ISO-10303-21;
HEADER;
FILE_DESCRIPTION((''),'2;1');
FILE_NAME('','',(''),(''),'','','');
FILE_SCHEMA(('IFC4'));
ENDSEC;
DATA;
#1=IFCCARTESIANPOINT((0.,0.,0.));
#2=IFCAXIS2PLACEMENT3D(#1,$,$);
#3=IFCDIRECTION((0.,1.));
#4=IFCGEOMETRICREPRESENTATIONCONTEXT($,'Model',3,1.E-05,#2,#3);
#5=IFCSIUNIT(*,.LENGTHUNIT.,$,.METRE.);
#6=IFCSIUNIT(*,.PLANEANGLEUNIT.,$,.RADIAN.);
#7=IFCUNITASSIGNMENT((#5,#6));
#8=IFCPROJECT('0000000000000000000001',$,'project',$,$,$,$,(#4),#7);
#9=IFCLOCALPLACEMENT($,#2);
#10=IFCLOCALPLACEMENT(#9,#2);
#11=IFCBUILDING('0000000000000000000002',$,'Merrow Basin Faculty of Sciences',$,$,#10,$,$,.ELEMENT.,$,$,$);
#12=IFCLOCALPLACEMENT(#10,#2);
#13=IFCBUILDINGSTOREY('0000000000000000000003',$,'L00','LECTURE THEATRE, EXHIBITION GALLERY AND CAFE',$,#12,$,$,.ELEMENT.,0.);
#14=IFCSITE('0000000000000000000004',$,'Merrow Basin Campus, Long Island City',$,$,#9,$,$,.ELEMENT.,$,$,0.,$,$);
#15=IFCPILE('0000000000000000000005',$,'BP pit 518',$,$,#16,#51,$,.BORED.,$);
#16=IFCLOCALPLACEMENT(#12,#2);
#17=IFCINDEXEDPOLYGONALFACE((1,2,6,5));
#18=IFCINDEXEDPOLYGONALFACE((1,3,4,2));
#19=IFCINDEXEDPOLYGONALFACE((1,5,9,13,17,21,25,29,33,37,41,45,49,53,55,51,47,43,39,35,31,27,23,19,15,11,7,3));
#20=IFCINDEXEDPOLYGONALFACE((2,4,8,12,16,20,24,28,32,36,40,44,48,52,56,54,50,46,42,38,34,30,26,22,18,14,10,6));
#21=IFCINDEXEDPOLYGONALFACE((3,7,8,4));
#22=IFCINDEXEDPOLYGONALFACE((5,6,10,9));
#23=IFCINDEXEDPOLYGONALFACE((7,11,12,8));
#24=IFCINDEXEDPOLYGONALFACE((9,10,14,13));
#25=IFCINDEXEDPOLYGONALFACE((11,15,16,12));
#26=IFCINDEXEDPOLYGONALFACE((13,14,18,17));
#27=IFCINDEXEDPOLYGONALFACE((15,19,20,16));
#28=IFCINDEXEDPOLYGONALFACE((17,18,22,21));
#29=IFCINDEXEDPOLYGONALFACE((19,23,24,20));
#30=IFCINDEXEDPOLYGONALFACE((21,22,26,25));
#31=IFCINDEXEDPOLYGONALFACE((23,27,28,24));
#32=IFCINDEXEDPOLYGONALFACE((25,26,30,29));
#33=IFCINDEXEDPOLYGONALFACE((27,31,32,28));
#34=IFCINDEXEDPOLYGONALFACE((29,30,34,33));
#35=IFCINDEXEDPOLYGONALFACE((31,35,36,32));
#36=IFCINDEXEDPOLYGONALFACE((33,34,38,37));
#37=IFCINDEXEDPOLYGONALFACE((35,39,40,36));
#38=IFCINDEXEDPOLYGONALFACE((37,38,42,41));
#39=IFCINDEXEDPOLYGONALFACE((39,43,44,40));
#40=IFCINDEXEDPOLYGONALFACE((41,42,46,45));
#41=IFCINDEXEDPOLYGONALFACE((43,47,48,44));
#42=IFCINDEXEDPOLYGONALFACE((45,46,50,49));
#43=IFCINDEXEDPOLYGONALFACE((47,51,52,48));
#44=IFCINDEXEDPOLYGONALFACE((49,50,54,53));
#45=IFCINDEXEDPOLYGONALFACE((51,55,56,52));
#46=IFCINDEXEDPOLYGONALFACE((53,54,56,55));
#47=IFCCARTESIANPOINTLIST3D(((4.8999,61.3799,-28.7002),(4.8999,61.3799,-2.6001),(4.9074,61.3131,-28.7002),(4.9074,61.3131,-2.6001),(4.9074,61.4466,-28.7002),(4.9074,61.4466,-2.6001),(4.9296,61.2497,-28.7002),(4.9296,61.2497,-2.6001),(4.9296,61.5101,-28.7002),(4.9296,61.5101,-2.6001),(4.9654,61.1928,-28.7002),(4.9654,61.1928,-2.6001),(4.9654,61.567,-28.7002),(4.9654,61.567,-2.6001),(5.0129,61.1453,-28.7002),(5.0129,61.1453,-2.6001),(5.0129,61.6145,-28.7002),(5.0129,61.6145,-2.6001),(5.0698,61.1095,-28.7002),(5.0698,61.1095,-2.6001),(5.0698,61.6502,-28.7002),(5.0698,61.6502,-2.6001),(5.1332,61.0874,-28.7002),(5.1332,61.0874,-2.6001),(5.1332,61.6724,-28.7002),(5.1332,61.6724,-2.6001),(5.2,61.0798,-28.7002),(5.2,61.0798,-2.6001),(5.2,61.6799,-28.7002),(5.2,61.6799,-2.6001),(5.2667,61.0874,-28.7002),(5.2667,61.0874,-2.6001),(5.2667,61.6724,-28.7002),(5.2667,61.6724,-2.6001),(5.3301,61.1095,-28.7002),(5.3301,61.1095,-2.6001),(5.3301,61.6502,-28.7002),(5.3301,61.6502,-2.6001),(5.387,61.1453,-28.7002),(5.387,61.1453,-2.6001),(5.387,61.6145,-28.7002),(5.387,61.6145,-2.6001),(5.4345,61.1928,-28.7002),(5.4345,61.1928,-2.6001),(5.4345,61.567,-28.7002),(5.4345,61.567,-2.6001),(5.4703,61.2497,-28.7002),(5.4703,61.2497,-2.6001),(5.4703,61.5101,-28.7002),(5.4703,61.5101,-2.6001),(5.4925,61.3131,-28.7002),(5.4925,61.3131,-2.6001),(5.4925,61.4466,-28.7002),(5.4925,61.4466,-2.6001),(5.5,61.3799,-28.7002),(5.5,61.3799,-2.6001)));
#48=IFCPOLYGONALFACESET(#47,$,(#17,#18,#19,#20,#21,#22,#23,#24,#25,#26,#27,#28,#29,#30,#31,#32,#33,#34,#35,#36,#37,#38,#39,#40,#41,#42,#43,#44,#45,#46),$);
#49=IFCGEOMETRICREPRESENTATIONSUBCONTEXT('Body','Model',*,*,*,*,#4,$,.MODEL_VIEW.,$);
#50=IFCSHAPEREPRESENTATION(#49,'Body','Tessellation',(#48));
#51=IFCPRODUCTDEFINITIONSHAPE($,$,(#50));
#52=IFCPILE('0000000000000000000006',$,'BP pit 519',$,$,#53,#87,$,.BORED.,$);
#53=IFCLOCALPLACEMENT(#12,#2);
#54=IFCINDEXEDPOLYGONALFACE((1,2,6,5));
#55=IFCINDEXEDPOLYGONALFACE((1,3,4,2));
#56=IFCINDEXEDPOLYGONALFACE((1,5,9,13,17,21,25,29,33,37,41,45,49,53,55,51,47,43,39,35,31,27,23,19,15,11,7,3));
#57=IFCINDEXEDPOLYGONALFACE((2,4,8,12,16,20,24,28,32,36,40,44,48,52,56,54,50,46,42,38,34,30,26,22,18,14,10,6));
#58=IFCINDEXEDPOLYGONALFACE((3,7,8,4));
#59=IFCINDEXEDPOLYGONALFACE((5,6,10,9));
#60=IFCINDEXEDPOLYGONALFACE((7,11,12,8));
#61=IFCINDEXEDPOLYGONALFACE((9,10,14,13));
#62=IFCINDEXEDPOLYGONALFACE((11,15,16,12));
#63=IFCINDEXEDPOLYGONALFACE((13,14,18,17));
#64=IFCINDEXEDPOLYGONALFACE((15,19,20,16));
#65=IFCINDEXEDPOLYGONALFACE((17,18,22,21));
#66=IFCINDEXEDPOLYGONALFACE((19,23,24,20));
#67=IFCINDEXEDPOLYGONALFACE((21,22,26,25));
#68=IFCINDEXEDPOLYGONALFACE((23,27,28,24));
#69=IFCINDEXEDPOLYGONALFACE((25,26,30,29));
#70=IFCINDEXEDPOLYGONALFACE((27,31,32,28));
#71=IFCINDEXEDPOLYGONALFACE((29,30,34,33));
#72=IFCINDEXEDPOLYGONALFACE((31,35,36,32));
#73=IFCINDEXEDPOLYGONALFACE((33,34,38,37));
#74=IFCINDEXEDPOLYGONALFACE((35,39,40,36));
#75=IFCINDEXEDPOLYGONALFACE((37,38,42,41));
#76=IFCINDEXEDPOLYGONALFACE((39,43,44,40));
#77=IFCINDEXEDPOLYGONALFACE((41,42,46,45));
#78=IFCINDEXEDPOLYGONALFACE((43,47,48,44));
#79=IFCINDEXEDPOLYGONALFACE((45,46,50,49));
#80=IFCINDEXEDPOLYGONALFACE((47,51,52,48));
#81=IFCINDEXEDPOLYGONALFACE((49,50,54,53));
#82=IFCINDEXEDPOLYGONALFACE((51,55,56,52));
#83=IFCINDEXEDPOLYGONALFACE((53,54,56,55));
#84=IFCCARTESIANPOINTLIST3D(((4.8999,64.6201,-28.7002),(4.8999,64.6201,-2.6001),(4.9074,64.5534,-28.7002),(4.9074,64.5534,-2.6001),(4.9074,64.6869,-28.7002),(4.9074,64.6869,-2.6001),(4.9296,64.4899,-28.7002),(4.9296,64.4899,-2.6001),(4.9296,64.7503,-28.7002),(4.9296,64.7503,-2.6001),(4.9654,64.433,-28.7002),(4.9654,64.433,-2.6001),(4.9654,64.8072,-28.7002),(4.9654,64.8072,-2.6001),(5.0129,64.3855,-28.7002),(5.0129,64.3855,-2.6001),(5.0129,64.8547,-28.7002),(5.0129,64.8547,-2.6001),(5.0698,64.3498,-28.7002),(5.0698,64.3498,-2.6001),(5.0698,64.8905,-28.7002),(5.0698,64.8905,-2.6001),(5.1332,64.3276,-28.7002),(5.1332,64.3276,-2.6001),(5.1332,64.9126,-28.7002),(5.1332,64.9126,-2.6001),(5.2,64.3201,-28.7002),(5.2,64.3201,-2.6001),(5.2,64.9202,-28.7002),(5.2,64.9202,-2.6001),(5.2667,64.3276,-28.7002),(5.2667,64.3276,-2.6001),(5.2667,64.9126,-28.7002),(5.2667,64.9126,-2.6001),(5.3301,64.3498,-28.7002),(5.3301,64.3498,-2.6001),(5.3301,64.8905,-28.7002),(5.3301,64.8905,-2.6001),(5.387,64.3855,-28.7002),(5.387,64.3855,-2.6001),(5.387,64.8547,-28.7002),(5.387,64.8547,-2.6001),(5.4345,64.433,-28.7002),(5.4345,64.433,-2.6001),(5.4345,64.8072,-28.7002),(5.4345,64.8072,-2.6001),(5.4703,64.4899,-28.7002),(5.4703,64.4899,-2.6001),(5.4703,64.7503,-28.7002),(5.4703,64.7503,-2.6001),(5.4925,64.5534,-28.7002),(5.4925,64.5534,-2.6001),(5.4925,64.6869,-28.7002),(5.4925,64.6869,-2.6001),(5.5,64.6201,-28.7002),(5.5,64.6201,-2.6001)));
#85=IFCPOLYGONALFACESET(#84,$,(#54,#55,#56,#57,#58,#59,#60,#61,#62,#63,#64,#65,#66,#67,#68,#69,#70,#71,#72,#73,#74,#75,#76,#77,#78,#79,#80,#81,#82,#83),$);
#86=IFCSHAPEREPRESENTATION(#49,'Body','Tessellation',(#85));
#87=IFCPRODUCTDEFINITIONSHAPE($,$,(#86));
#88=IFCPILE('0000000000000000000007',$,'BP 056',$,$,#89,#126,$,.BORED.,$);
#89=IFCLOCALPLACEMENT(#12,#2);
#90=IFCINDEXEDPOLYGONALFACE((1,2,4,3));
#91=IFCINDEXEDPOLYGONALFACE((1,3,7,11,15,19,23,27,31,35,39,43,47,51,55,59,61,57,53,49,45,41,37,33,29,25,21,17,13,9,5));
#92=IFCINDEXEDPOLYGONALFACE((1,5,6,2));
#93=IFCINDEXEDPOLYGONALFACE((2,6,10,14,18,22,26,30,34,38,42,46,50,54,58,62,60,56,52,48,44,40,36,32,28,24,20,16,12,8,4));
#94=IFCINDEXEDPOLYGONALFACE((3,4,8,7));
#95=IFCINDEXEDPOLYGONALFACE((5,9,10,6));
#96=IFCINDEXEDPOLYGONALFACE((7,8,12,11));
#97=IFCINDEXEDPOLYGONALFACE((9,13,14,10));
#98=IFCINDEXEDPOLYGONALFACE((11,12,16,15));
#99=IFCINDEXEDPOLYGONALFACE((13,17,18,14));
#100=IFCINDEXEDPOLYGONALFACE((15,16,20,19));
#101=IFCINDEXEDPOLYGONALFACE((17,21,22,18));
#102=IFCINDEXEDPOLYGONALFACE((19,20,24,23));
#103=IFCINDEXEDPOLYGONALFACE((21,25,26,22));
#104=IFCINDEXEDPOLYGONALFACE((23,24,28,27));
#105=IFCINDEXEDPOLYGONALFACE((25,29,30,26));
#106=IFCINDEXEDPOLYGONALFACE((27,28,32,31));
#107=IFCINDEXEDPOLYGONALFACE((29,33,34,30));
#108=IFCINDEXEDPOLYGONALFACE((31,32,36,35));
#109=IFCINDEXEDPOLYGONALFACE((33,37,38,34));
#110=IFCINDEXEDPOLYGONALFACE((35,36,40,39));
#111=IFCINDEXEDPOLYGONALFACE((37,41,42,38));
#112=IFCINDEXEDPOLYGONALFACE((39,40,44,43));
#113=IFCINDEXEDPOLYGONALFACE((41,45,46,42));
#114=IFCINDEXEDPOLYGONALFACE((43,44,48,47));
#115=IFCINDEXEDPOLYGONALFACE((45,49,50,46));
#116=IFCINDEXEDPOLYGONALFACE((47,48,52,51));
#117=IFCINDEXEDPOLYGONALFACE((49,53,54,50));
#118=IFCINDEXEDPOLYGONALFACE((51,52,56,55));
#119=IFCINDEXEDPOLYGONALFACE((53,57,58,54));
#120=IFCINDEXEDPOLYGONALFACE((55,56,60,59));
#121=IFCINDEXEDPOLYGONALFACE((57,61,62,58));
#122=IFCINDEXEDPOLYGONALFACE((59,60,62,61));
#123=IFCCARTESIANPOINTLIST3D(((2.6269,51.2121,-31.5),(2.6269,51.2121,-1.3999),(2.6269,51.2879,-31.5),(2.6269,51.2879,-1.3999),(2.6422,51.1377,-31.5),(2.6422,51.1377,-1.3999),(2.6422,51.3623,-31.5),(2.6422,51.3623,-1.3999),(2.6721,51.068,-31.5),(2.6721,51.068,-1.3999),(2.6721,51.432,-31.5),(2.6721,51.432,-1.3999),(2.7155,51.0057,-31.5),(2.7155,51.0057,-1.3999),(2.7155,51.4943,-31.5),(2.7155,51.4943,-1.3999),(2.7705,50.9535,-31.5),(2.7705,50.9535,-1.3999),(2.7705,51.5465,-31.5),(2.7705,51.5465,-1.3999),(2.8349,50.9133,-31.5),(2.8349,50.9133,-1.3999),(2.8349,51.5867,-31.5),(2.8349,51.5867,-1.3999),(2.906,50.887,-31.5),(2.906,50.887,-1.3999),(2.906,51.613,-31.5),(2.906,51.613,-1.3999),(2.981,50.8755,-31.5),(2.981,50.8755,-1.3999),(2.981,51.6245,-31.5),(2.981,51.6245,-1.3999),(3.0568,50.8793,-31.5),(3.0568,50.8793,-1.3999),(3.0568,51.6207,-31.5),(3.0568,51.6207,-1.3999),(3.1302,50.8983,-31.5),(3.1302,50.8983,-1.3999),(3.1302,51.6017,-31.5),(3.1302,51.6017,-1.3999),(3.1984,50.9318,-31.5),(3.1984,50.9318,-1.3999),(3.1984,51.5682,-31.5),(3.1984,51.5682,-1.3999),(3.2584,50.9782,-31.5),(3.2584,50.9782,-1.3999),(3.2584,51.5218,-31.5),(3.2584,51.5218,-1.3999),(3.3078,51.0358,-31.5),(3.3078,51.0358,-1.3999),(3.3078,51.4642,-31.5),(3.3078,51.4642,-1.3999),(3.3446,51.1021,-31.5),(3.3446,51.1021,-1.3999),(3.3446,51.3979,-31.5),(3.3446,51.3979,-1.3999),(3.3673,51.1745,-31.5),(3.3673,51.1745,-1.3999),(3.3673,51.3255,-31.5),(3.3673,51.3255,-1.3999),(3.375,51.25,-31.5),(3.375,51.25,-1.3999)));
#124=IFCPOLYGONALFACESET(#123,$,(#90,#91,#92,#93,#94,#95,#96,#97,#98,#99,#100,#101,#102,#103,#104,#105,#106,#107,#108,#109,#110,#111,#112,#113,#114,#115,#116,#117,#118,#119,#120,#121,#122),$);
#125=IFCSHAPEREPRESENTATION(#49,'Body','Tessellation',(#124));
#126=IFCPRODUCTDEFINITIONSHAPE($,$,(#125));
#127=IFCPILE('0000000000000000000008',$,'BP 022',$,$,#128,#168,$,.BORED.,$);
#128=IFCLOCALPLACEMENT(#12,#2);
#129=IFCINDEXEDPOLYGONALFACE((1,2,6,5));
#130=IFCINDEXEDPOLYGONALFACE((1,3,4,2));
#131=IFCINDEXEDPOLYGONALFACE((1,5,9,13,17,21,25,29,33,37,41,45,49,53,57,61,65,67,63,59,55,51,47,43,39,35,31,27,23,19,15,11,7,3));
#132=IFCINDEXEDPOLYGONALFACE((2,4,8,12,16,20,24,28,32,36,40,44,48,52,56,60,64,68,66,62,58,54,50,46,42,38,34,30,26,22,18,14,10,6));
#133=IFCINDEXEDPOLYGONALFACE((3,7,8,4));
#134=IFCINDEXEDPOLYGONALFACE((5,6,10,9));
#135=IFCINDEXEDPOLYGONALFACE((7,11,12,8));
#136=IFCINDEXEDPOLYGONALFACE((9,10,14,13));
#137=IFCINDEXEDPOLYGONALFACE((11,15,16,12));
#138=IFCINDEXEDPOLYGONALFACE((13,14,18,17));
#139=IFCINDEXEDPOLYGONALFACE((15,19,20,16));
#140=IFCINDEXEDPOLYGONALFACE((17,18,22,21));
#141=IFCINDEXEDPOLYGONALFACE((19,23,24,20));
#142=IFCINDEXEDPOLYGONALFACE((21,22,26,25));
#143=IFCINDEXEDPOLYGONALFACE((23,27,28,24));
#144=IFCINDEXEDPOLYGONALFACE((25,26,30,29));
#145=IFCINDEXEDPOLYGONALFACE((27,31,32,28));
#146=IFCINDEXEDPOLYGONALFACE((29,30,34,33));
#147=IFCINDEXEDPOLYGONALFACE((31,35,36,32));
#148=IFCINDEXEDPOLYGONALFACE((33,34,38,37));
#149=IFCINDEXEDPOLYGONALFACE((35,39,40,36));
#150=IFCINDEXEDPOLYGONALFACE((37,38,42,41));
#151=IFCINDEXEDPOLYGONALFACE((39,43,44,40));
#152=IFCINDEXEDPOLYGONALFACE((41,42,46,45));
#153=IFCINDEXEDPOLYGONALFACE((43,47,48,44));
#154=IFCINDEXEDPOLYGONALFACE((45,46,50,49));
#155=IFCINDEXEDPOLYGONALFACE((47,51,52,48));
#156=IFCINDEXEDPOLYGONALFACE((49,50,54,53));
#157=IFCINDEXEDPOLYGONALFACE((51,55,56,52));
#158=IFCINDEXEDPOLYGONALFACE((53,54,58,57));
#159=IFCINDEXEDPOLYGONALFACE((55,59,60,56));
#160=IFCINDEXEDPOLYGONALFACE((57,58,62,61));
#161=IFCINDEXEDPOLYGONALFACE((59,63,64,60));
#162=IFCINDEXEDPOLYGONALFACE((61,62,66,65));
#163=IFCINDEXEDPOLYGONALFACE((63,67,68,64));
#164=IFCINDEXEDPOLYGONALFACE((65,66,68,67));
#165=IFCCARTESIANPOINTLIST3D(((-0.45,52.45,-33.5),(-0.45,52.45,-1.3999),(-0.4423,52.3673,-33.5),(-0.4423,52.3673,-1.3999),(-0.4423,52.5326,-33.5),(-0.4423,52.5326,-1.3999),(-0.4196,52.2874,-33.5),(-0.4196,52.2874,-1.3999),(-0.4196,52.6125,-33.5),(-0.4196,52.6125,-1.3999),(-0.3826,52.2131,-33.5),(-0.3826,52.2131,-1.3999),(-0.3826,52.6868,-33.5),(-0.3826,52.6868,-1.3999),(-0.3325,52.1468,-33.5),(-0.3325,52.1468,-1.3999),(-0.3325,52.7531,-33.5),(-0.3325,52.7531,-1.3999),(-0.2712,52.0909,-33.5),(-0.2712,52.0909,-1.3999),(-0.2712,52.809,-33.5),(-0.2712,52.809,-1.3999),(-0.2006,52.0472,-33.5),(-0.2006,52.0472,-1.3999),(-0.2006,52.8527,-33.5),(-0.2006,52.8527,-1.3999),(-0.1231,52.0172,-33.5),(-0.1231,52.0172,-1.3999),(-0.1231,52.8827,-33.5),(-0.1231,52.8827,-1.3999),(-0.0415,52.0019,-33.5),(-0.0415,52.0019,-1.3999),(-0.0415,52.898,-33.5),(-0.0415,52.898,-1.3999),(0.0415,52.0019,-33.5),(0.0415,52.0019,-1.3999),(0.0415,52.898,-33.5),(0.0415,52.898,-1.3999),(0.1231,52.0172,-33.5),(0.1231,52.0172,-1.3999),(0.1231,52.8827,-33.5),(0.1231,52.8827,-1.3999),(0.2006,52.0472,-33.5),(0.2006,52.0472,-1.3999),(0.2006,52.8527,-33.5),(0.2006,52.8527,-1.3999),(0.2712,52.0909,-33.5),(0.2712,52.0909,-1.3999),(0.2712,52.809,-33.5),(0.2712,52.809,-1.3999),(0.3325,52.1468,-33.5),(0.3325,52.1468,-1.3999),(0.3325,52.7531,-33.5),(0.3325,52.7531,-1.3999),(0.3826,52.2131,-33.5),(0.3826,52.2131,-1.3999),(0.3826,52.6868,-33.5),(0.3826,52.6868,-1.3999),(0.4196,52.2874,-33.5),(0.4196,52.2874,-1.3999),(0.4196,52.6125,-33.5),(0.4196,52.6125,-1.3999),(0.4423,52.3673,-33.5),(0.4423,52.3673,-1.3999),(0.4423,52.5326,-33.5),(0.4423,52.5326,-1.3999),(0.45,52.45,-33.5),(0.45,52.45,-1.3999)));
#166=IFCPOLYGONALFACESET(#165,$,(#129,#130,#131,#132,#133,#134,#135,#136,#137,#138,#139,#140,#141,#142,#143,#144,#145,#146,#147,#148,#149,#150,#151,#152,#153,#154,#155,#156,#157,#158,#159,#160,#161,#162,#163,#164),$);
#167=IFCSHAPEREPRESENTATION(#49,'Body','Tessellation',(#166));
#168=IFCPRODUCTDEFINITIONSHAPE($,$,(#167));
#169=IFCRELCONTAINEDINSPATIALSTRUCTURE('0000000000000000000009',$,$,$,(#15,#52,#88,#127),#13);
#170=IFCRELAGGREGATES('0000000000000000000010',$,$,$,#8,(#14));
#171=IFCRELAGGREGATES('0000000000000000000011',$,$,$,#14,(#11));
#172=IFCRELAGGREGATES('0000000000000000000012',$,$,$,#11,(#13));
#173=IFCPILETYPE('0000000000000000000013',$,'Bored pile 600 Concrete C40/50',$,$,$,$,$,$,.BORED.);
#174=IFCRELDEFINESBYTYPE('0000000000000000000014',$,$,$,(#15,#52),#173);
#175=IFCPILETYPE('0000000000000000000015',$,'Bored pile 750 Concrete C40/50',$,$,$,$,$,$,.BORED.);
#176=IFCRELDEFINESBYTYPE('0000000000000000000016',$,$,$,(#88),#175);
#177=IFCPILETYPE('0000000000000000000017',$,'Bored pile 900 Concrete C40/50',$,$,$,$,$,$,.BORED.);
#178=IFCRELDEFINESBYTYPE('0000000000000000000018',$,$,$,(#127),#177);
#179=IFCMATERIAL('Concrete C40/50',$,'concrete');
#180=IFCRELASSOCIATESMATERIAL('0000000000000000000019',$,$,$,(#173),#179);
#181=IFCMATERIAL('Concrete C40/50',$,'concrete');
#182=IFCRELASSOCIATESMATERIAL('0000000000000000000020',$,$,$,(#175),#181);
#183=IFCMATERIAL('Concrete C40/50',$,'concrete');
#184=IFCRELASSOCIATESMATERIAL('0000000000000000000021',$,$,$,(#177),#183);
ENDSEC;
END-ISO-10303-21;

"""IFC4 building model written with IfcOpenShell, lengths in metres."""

from ifc_helpers import new_model, si_unit, direction, frame, origin, origin_2d, place, context, subcontext, project, spatial, circle, extrude, material, material_profile, profile_set, type_object, element, save


model = new_model("IFC4")

# Units and contexts
model_context = context("Model", 3, precision=1e-05, world=origin(), true_north=direction((0.0, 1.0)))
body_context = subcontext(model_context, "Body", "Model", "MODEL_VIEW")
ifc_project = project(units=[si_unit("LENGTHUNIT", "METRE"), si_unit("PLANEANGLEUNIT", "RADIAN")], contexts=[model_context])

# Site, building, storey
site_placement = place(None, origin())
site = spatial("IfcSite", under=ifc_project, at=site_placement, Name="Merrow Basin Campus, Long Island City", CompositionType="ELEMENT", RefElevation=0.0)
building_placement = place(site_placement, origin())
building = spatial("IfcBuilding", under=site, at=building_placement, Name="Merrow Basin Faculty of Sciences", CompositionType="ELEMENT")
storey_placement = place(building_placement, origin())
storey = spatial("IfcBuildingStorey", under=building, at=storey_placement, Name="L00", Description="LECTURE THEATRE, EXHIBITION GALLERY AND CAFE", CompositionType="ELEMENT", Elevation=0.0)

# Piles
ifc_material_1 = material(Name="Concrete C40/50", Category="concrete")
ifc_material_profile_1 = material_profile(ifc_material_1, circle(Radius=0.3, at=origin_2d()))
ifc_profile_set_1 = profile_set([ifc_material_profile_1], Name="Concrete C40/50")
pile_type_1 = type_object("IfcPileType", Name="Bored pile 600 Concrete C40/50", PredefinedType="BORED", material=ifc_profile_set_1)
for number, where, z_axis, x_axis, name in (
    (1, (5.2, 61.3799, -2.6001), (0.0, 0.0, -1.0), (1.0, 0.0, 0.0), "BP pit 518"),
    (2, (5.2, 64.6201, -2.6001), (0.0, 0.0, -1.0), (1.0, 0.0, 0.0), "BP pit 519"),
):
    element("IfcPile", number, at=place(storey_placement, frame(where, z_axis=z_axis, x_axis=x_axis)), inside=storey, type_object=pile_type_1, Name=name, PredefinedType="BORED", context=body_context, shape_type="SweptSolid", body=[
        extrude(circle(Radius=0.3, at=origin_2d()), origin(), (0.0, 0.0, 1.0), 26.1001),
    ])
ifc_material_2 = material(Name="Concrete C40/50", Category="concrete")
ifc_material_profile_2 = material_profile(ifc_material_2, circle(Radius=0.375, at=origin_2d()))
ifc_profile_set_2 = profile_set([ifc_material_profile_2], Name="Concrete C40/50")
pile_type_2 = type_object("IfcPileType", Name="Bored pile 750 Concrete C40/50", PredefinedType="BORED", material=ifc_profile_set_2)
pile_placement = place(storey_placement, frame((3.0, 51.25, -1.3999), z_axis=(0.0, 0.0, -1.0), x_axis=(1.0, 0.0, 0.0)))
element("IfcPile", 3, at=pile_placement, inside=storey, type_object=pile_type_2, Name="BP 056", PredefinedType="BORED", context=body_context, shape_type="SweptSolid", body=[
    extrude(circle(Radius=0.375, at=origin_2d()), origin(), (0.0, 0.0, 1.0), 30.1001),
])
ifc_material_3 = material(Name="Concrete C40/50", Category="concrete")
ifc_material_profile_3 = material_profile(ifc_material_3, circle(Radius=0.45, at=origin_2d()))
ifc_profile_set_3 = profile_set([ifc_material_profile_3], Name="Concrete C40/50")
pile_type_3 = type_object("IfcPileType", Name="Bored pile 900 Concrete C40/50", PredefinedType="BORED", material=ifc_profile_set_3)
for number, where, z_axis, x_axis, name in (
    (4, (0.0, 52.45, -1.3999), (0.0, 0.0, -1.0), (1.0, 0.0, 0.0), "BP 022"),
):
    element("IfcPile", number, at=place(storey_placement, frame(where, z_axis=z_axis, x_axis=x_axis)), inside=storey, type_object=pile_type_3, Name=name, PredefinedType="BORED", context=body_context, shape_type="SweptSolid", body=[
        extrude(circle(Radius=0.45, at=origin_2d()), origin(), (0.0, 0.0, 1.0), 32.1001),
    ])

save(model, "model.ifc")
